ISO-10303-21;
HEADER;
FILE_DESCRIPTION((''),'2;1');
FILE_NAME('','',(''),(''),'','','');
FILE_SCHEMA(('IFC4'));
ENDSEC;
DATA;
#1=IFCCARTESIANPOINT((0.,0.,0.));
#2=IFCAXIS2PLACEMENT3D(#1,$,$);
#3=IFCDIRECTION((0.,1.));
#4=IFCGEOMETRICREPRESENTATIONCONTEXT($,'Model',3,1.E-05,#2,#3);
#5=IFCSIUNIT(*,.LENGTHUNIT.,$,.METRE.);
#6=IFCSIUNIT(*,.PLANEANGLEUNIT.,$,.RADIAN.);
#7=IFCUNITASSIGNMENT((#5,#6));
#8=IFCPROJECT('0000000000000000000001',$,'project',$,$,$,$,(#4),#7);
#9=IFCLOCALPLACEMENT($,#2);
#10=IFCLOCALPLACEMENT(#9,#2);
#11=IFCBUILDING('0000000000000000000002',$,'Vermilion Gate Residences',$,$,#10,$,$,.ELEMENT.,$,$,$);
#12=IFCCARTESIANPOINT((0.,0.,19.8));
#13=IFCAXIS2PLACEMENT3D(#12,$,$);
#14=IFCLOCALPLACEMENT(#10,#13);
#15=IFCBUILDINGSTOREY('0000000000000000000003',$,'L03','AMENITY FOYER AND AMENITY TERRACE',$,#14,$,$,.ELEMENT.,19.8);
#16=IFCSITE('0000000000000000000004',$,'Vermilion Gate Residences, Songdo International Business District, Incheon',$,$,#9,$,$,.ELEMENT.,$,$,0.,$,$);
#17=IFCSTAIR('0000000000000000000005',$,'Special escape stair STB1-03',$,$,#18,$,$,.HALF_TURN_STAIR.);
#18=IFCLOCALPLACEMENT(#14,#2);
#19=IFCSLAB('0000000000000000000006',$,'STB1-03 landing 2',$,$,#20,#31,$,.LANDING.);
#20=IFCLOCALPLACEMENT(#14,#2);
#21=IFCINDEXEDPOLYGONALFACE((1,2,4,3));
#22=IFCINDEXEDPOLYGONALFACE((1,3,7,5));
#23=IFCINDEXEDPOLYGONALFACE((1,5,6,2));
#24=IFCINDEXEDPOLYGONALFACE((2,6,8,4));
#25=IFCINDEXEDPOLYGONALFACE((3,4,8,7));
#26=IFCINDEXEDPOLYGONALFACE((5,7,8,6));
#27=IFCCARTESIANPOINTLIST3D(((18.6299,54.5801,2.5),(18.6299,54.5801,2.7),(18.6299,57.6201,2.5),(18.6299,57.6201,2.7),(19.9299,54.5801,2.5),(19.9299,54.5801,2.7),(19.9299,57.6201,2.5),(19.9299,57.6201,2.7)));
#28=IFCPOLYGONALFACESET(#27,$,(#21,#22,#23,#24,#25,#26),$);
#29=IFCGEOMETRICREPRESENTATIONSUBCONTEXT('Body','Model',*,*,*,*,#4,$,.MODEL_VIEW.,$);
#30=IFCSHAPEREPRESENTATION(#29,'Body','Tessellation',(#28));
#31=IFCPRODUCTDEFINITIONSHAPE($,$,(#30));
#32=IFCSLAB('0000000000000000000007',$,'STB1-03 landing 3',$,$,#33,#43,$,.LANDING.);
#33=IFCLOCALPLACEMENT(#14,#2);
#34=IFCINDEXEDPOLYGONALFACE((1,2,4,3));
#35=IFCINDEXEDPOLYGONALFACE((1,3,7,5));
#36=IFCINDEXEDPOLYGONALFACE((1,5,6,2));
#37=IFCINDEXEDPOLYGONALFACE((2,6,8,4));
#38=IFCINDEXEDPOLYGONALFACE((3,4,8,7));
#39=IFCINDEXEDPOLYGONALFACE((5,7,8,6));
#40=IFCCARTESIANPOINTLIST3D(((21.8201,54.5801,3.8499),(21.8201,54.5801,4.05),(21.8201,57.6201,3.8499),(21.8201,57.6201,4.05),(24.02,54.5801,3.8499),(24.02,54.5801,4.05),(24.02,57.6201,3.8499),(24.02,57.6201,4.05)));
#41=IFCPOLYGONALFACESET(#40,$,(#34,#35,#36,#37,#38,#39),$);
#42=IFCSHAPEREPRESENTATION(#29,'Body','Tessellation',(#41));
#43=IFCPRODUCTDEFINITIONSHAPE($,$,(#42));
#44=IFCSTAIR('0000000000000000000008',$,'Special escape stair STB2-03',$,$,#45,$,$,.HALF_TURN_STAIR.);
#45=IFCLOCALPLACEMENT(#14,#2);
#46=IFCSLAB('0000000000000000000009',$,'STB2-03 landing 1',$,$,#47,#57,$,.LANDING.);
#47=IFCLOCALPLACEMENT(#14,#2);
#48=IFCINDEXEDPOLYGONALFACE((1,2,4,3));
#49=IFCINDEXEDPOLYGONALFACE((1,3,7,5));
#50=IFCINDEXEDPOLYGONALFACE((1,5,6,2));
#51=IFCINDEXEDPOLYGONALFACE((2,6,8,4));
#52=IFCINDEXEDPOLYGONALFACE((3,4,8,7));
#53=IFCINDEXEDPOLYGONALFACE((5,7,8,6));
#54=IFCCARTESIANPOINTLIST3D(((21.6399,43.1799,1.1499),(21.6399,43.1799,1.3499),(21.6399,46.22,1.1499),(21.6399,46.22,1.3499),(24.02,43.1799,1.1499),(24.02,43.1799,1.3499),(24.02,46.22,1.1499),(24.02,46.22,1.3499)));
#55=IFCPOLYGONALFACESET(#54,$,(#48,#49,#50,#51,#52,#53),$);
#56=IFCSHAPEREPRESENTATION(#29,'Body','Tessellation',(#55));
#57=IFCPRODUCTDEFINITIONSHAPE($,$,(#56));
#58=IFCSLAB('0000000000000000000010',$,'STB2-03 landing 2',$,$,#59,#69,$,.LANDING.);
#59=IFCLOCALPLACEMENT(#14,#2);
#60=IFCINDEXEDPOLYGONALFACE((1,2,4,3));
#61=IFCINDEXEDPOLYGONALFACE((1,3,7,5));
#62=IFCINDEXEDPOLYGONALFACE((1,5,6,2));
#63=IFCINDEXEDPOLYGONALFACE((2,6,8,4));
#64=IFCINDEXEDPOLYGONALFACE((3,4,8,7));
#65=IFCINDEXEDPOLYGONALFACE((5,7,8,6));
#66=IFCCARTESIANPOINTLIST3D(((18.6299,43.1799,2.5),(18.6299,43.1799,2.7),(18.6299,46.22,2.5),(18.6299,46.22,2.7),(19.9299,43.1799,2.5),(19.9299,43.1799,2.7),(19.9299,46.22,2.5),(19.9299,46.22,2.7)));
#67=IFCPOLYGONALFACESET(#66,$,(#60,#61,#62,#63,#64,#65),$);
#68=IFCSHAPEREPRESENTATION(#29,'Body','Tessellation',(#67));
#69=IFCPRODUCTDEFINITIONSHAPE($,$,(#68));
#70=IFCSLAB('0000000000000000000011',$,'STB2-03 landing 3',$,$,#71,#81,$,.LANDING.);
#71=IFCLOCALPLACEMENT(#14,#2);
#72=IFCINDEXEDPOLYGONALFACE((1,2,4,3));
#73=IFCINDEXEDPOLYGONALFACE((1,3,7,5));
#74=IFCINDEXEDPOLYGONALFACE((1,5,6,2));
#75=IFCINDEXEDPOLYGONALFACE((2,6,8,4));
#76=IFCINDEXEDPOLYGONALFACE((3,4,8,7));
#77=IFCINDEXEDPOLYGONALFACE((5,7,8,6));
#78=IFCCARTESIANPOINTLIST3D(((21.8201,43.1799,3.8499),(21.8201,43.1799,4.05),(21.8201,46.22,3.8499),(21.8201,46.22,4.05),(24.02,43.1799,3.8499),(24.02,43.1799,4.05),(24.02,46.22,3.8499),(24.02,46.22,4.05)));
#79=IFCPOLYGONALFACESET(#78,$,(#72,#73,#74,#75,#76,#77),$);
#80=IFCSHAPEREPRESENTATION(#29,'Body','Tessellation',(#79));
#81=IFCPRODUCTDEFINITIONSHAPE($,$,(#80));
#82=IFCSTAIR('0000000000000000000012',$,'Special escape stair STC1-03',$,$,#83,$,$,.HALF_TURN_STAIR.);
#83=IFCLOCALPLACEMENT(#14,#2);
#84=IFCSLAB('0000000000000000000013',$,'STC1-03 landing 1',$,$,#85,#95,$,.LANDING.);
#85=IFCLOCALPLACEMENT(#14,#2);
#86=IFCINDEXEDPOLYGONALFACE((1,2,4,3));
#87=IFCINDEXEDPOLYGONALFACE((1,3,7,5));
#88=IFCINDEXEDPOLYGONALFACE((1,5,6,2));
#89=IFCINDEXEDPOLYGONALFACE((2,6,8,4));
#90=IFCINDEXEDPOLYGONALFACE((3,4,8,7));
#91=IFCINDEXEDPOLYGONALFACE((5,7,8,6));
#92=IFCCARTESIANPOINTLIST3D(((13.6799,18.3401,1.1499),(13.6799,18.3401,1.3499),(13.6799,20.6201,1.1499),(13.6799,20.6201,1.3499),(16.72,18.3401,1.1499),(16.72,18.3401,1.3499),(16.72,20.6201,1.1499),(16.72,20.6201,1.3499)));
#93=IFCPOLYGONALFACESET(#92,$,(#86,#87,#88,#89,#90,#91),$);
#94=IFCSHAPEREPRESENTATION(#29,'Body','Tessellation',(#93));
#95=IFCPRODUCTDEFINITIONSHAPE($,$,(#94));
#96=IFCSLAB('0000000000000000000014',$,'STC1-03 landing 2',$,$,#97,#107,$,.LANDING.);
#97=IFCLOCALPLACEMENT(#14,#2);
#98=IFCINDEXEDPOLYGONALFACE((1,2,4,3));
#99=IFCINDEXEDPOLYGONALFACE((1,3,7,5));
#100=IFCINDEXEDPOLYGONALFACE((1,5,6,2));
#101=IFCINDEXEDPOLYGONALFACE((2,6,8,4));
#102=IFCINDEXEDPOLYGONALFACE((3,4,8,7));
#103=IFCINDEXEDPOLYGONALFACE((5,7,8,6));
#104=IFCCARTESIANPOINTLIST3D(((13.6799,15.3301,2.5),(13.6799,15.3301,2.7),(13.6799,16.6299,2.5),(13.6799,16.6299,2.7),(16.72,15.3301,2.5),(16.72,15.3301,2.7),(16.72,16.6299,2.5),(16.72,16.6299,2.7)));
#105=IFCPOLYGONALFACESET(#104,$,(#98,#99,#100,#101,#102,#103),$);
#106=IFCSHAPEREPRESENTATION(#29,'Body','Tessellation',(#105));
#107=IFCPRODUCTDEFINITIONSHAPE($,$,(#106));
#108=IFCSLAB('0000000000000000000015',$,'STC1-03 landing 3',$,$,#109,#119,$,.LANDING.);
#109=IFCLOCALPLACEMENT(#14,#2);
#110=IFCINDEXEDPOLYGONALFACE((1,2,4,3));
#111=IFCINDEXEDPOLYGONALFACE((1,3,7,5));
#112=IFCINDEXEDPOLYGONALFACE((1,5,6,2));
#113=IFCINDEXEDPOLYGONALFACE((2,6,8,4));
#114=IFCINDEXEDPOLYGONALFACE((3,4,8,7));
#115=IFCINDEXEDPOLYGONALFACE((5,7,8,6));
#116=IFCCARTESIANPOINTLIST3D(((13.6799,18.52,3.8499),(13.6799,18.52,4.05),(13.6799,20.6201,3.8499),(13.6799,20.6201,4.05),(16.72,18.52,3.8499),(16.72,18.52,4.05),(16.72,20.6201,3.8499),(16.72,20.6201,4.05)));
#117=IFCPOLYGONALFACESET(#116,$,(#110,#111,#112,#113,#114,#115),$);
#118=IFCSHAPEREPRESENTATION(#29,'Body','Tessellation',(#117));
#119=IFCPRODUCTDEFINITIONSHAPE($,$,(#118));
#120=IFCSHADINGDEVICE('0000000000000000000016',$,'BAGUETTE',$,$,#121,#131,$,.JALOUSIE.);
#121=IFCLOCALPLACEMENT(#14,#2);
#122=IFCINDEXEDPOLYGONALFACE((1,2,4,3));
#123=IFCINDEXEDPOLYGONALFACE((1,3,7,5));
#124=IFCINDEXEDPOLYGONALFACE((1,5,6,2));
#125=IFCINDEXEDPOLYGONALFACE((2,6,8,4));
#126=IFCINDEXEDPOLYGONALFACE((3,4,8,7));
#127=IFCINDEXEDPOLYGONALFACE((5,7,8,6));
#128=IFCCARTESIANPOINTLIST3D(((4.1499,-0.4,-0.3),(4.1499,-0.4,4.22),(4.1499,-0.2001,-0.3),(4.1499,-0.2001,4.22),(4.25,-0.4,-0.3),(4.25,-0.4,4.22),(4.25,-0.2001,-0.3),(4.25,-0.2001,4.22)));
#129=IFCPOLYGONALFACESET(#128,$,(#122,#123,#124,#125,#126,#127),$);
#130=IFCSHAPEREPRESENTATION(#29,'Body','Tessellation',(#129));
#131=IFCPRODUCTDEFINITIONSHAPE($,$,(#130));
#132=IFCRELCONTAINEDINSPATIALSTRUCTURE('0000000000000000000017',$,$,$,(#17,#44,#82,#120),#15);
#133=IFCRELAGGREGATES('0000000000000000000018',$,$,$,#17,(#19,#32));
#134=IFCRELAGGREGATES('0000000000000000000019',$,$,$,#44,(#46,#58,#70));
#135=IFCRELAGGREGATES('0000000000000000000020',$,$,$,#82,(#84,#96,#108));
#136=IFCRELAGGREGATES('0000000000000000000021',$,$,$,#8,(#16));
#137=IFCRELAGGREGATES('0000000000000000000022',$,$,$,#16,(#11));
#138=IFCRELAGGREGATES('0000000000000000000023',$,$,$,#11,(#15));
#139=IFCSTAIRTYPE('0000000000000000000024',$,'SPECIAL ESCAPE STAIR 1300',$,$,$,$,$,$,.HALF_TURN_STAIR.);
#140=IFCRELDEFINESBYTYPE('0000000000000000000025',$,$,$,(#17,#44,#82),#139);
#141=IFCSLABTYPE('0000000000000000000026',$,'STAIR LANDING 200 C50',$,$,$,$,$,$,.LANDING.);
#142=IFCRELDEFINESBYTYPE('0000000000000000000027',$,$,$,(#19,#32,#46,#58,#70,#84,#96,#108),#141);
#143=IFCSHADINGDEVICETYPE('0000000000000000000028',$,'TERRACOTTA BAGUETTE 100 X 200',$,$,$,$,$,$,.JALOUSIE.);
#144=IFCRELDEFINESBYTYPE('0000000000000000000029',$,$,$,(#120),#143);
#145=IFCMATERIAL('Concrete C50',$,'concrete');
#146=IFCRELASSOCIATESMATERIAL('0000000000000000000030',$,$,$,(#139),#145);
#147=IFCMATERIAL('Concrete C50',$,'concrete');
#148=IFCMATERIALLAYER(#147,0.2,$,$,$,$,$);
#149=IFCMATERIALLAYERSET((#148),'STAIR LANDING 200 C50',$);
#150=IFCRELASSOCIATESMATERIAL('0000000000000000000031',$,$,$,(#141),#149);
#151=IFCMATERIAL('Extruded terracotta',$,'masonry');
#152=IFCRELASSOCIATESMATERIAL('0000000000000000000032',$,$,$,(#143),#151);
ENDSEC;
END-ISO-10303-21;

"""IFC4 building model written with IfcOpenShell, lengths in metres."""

from ifc_helpers import new_model, si_unit, direction, frame, origin, origin_2d, place, context, subcontext, project, spatial, polyline, rectangle, outline, extrude, material, layer, layer_set, material_profile, profile_set, type_object, element, aggregate, save


model = new_model("IFC4")

# Units and contexts
model_context = context("Model", 3, precision=1e-05, world=origin(), true_north=direction((0.0, 1.0)))
body_context = subcontext(model_context, "Body", "Model", "MODEL_VIEW")
ifc_project = project(units=[si_unit("LENGTHUNIT", "METRE"), si_unit("PLANEANGLEUNIT", "RADIAN")], contexts=[model_context])

# Site, building, storey
site_placement = place(None, origin())
site = spatial("IfcSite", under=ifc_project, at=site_placement, Name="Vermilion Gate Residences, Songdo International Business District, Incheon", CompositionType="ELEMENT", RefElevation=0.0)
building_placement = place(site_placement, origin())
building = spatial("IfcBuilding", under=site, at=building_placement, Name="Vermilion Gate Residences", CompositionType="ELEMENT")
storey_placement = place(building_placement, frame((0.0, 0.0, 19.8)))
storey = spatial("IfcBuildingStorey", under=building, at=storey_placement, Name="L03", Description="AMENITY FOYER AND AMENITY TERRACE", CompositionType="ELEMENT", Elevation=19.8)

# Stairs, slabs
ifc_material_1 = material(Name="Concrete C50", Category="concrete")
stair_type_1 = type_object("IfcStairType", Name="SPECIAL ESCAPE STAIR 1300", PredefinedType="HALF_TURN_STAIR", material=ifc_material_1)
ifc_material_2 = material(Name="Concrete C50", Category="concrete")
ifc_layer_1 = layer(ifc_material_2, 0.2)
ifc_layer_set_1 = layer_set([ifc_layer_1], Name="STAIR LANDING 200 C50")
slab_type_1 = type_object("IfcSlabType", Name="STAIR LANDING 200 C50", PredefinedType="LANDING", material=ifc_layer_set_1)
stair_1_placement = place(storey_placement, origin())
stair_1 = element("IfcStair", 1, at=stair_1_placement, inside=storey, type_object=stair_type_1, Name="Special escape stair STB1-03", PredefinedType="HALF_TURN_STAIR")
slab_1_placement = place(storey_placement, frame((0.0, 0.0, 2.5)))
slab_1 = element("IfcSlab", 2, at=slab_1_placement, type_object=slab_type_1, Name="STB1-03 landing 2", PredefinedType="LANDING", context=body_context, shape_type="SweptSolid", body=[
    extrude(outline(polyline([(19.9299, 54.5801), (19.9299, 57.6201), (18.6299, 57.6201), (18.6299, 54.5801), (19.9299, 54.5801)])), origin(), (0.0, 0.0, 1.0), 0.2),
])
slab_2_placement = place(storey_placement, frame((0.0, 0.0, 3.8499)))
slab_2 = element("IfcSlab", 3, at=slab_2_placement, type_object=slab_type_1, Name="STB1-03 landing 3", PredefinedType="LANDING", context=body_context, shape_type="SweptSolid", body=[
    extrude(outline(polyline([(24.02, 54.5801), (24.02, 57.6201), (21.8201, 57.6201), (21.8201, 54.5801), (24.02, 54.5801)])), origin(), (0.0, 0.0, 1.0), 0.2002),
])
aggregate(stair_1, [slab_1, slab_2])
stair_2_placement = place(storey_placement, origin())
stair_2 = element("IfcStair", 4, at=stair_2_placement, inside=storey, type_object=stair_type_1, Name="Special escape stair STB2-03", PredefinedType="HALF_TURN_STAIR")
slab_3_placement = place(storey_placement, frame((0.0, 0.0, 1.1499)))
slab_3 = element("IfcSlab", 5, at=slab_3_placement, type_object=slab_type_1, Name="STB2-03 landing 1", PredefinedType="LANDING", context=body_context, shape_type="SweptSolid", body=[
    extrude(outline(polyline([(24.02, 43.1799), (24.02, 46.22), (21.6399, 46.22), (21.6399, 43.1799), (24.02, 43.1799)])), origin(), (0.0, 0.0, 1.0), 0.2),
])
slab_4_placement = place(storey_placement, frame((0.0, 0.0, 2.5)))
slab_4 = element("IfcSlab", 6, at=slab_4_placement, type_object=slab_type_1, Name="STB2-03 landing 2", PredefinedType="LANDING", context=body_context, shape_type="SweptSolid", body=[
    extrude(outline(polyline([(19.9299, 43.1799), (19.9299, 46.22), (18.6299, 46.22), (18.6299, 43.1799), (19.9299, 43.1799)])), origin(), (0.0, 0.0, 1.0), 0.2),
])
slab_5_placement = place(storey_placement, frame((0.0, 0.0, 3.8499)))
slab_5 = element("IfcSlab", 7, at=slab_5_placement, type_object=slab_type_1, Name="STB2-03 landing 3", PredefinedType="LANDING", context=body_context, shape_type="SweptSolid", body=[
    extrude(outline(polyline([(24.02, 43.1799), (24.02, 46.22), (21.8201, 46.22), (21.8201, 43.1799), (24.02, 43.1799)])), origin(), (0.0, 0.0, 1.0), 0.2002),
])
aggregate(stair_2, [slab_3, slab_4, slab_5])
stair_3_placement = place(storey_placement, origin())
stair_3 = element("IfcStair", 8, at=stair_3_placement, inside=storey, type_object=stair_type_1, Name="Special escape stair STC1-03", PredefinedType="HALF_TURN_STAIR")
slab_6_placement = place(storey_placement, frame((0.0, 0.0, 1.1499)))
slab_6 = element("IfcSlab", 9, at=slab_6_placement, type_object=slab_type_1, Name="STC1-03 landing 1", PredefinedType="LANDING", context=body_context, shape_type="SweptSolid", body=[
    extrude(outline(polyline([(16.72, 18.3401), (16.72, 20.6201), (13.6799, 20.6201), (13.6799, 18.3401), (16.72, 18.3401)])), origin(), (0.0, 0.0, 1.0), 0.2),
])
slab_7_placement = place(storey_placement, frame((0.0, 0.0, 2.5)))
slab_7 = element("IfcSlab", 10, at=slab_7_placement, type_object=slab_type_1, Name="STC1-03 landing 2", PredefinedType="LANDING", context=body_context, shape_type="SweptSolid", body=[
    extrude(outline(polyline([(16.72, 15.3301), (16.72, 16.6299), (13.6799, 16.6299), (13.6799, 15.3301), (16.72, 15.3301)])), origin(), (0.0, 0.0, 1.0), 0.2),
])
slab_8_placement = place(storey_placement, frame((0.0, 0.0, 3.8499)))
slab_8 = element("IfcSlab", 11, at=slab_8_placement, type_object=slab_type_1, Name="STC1-03 landing 3", PredefinedType="LANDING", context=body_context, shape_type="SweptSolid", body=[
    extrude(outline(polyline([(16.72, 18.52), (16.72, 20.6201), (13.6799, 20.6201), (13.6799, 18.52), (16.72, 18.52)])), origin(), (0.0, 0.0, 1.0), 0.2002),
])
aggregate(stair_3, [slab_6, slab_7, slab_8])

# Shading device
ifc_material_3 = material(Name="Extruded terracotta", Category="masonry")
ifc_material_profile_1 = material_profile(ifc_material_3, rectangle(XDim=0.2, YDim=0.1001, at=origin_2d()), Name="BAGUETTE 100 X 200")
ifc_profile_set_1 = profile_set([ifc_material_profile_1], Name="Extruded terracotta")
shading_device_type = type_object("IfcShadingDeviceType", Name="TERRACOTTA BAGUETTE 100 X 200", PredefinedType="JALOUSIE", material=ifc_profile_set_1)
shading_device_placement = place(storey_placement, frame((4.2, -0.3, -0.3), z_axis=(0.0, 0.0, 1.0), x_axis=(0.0, 1.0, 0.0)))
element("IfcShadingDevice", 12, at=shading_device_placement, inside=storey, type_object=shading_device_type, Name="BAGUETTE", PredefinedType="JALOUSIE", context=body_context, shape_type="SweptSolid", body=[
    extrude(rectangle(XDim=0.2, YDim=0.1001, at=origin_2d()), origin(), (0.0, 0.0, 1.0), 4.52),
])

save(model, "model.ifc")
